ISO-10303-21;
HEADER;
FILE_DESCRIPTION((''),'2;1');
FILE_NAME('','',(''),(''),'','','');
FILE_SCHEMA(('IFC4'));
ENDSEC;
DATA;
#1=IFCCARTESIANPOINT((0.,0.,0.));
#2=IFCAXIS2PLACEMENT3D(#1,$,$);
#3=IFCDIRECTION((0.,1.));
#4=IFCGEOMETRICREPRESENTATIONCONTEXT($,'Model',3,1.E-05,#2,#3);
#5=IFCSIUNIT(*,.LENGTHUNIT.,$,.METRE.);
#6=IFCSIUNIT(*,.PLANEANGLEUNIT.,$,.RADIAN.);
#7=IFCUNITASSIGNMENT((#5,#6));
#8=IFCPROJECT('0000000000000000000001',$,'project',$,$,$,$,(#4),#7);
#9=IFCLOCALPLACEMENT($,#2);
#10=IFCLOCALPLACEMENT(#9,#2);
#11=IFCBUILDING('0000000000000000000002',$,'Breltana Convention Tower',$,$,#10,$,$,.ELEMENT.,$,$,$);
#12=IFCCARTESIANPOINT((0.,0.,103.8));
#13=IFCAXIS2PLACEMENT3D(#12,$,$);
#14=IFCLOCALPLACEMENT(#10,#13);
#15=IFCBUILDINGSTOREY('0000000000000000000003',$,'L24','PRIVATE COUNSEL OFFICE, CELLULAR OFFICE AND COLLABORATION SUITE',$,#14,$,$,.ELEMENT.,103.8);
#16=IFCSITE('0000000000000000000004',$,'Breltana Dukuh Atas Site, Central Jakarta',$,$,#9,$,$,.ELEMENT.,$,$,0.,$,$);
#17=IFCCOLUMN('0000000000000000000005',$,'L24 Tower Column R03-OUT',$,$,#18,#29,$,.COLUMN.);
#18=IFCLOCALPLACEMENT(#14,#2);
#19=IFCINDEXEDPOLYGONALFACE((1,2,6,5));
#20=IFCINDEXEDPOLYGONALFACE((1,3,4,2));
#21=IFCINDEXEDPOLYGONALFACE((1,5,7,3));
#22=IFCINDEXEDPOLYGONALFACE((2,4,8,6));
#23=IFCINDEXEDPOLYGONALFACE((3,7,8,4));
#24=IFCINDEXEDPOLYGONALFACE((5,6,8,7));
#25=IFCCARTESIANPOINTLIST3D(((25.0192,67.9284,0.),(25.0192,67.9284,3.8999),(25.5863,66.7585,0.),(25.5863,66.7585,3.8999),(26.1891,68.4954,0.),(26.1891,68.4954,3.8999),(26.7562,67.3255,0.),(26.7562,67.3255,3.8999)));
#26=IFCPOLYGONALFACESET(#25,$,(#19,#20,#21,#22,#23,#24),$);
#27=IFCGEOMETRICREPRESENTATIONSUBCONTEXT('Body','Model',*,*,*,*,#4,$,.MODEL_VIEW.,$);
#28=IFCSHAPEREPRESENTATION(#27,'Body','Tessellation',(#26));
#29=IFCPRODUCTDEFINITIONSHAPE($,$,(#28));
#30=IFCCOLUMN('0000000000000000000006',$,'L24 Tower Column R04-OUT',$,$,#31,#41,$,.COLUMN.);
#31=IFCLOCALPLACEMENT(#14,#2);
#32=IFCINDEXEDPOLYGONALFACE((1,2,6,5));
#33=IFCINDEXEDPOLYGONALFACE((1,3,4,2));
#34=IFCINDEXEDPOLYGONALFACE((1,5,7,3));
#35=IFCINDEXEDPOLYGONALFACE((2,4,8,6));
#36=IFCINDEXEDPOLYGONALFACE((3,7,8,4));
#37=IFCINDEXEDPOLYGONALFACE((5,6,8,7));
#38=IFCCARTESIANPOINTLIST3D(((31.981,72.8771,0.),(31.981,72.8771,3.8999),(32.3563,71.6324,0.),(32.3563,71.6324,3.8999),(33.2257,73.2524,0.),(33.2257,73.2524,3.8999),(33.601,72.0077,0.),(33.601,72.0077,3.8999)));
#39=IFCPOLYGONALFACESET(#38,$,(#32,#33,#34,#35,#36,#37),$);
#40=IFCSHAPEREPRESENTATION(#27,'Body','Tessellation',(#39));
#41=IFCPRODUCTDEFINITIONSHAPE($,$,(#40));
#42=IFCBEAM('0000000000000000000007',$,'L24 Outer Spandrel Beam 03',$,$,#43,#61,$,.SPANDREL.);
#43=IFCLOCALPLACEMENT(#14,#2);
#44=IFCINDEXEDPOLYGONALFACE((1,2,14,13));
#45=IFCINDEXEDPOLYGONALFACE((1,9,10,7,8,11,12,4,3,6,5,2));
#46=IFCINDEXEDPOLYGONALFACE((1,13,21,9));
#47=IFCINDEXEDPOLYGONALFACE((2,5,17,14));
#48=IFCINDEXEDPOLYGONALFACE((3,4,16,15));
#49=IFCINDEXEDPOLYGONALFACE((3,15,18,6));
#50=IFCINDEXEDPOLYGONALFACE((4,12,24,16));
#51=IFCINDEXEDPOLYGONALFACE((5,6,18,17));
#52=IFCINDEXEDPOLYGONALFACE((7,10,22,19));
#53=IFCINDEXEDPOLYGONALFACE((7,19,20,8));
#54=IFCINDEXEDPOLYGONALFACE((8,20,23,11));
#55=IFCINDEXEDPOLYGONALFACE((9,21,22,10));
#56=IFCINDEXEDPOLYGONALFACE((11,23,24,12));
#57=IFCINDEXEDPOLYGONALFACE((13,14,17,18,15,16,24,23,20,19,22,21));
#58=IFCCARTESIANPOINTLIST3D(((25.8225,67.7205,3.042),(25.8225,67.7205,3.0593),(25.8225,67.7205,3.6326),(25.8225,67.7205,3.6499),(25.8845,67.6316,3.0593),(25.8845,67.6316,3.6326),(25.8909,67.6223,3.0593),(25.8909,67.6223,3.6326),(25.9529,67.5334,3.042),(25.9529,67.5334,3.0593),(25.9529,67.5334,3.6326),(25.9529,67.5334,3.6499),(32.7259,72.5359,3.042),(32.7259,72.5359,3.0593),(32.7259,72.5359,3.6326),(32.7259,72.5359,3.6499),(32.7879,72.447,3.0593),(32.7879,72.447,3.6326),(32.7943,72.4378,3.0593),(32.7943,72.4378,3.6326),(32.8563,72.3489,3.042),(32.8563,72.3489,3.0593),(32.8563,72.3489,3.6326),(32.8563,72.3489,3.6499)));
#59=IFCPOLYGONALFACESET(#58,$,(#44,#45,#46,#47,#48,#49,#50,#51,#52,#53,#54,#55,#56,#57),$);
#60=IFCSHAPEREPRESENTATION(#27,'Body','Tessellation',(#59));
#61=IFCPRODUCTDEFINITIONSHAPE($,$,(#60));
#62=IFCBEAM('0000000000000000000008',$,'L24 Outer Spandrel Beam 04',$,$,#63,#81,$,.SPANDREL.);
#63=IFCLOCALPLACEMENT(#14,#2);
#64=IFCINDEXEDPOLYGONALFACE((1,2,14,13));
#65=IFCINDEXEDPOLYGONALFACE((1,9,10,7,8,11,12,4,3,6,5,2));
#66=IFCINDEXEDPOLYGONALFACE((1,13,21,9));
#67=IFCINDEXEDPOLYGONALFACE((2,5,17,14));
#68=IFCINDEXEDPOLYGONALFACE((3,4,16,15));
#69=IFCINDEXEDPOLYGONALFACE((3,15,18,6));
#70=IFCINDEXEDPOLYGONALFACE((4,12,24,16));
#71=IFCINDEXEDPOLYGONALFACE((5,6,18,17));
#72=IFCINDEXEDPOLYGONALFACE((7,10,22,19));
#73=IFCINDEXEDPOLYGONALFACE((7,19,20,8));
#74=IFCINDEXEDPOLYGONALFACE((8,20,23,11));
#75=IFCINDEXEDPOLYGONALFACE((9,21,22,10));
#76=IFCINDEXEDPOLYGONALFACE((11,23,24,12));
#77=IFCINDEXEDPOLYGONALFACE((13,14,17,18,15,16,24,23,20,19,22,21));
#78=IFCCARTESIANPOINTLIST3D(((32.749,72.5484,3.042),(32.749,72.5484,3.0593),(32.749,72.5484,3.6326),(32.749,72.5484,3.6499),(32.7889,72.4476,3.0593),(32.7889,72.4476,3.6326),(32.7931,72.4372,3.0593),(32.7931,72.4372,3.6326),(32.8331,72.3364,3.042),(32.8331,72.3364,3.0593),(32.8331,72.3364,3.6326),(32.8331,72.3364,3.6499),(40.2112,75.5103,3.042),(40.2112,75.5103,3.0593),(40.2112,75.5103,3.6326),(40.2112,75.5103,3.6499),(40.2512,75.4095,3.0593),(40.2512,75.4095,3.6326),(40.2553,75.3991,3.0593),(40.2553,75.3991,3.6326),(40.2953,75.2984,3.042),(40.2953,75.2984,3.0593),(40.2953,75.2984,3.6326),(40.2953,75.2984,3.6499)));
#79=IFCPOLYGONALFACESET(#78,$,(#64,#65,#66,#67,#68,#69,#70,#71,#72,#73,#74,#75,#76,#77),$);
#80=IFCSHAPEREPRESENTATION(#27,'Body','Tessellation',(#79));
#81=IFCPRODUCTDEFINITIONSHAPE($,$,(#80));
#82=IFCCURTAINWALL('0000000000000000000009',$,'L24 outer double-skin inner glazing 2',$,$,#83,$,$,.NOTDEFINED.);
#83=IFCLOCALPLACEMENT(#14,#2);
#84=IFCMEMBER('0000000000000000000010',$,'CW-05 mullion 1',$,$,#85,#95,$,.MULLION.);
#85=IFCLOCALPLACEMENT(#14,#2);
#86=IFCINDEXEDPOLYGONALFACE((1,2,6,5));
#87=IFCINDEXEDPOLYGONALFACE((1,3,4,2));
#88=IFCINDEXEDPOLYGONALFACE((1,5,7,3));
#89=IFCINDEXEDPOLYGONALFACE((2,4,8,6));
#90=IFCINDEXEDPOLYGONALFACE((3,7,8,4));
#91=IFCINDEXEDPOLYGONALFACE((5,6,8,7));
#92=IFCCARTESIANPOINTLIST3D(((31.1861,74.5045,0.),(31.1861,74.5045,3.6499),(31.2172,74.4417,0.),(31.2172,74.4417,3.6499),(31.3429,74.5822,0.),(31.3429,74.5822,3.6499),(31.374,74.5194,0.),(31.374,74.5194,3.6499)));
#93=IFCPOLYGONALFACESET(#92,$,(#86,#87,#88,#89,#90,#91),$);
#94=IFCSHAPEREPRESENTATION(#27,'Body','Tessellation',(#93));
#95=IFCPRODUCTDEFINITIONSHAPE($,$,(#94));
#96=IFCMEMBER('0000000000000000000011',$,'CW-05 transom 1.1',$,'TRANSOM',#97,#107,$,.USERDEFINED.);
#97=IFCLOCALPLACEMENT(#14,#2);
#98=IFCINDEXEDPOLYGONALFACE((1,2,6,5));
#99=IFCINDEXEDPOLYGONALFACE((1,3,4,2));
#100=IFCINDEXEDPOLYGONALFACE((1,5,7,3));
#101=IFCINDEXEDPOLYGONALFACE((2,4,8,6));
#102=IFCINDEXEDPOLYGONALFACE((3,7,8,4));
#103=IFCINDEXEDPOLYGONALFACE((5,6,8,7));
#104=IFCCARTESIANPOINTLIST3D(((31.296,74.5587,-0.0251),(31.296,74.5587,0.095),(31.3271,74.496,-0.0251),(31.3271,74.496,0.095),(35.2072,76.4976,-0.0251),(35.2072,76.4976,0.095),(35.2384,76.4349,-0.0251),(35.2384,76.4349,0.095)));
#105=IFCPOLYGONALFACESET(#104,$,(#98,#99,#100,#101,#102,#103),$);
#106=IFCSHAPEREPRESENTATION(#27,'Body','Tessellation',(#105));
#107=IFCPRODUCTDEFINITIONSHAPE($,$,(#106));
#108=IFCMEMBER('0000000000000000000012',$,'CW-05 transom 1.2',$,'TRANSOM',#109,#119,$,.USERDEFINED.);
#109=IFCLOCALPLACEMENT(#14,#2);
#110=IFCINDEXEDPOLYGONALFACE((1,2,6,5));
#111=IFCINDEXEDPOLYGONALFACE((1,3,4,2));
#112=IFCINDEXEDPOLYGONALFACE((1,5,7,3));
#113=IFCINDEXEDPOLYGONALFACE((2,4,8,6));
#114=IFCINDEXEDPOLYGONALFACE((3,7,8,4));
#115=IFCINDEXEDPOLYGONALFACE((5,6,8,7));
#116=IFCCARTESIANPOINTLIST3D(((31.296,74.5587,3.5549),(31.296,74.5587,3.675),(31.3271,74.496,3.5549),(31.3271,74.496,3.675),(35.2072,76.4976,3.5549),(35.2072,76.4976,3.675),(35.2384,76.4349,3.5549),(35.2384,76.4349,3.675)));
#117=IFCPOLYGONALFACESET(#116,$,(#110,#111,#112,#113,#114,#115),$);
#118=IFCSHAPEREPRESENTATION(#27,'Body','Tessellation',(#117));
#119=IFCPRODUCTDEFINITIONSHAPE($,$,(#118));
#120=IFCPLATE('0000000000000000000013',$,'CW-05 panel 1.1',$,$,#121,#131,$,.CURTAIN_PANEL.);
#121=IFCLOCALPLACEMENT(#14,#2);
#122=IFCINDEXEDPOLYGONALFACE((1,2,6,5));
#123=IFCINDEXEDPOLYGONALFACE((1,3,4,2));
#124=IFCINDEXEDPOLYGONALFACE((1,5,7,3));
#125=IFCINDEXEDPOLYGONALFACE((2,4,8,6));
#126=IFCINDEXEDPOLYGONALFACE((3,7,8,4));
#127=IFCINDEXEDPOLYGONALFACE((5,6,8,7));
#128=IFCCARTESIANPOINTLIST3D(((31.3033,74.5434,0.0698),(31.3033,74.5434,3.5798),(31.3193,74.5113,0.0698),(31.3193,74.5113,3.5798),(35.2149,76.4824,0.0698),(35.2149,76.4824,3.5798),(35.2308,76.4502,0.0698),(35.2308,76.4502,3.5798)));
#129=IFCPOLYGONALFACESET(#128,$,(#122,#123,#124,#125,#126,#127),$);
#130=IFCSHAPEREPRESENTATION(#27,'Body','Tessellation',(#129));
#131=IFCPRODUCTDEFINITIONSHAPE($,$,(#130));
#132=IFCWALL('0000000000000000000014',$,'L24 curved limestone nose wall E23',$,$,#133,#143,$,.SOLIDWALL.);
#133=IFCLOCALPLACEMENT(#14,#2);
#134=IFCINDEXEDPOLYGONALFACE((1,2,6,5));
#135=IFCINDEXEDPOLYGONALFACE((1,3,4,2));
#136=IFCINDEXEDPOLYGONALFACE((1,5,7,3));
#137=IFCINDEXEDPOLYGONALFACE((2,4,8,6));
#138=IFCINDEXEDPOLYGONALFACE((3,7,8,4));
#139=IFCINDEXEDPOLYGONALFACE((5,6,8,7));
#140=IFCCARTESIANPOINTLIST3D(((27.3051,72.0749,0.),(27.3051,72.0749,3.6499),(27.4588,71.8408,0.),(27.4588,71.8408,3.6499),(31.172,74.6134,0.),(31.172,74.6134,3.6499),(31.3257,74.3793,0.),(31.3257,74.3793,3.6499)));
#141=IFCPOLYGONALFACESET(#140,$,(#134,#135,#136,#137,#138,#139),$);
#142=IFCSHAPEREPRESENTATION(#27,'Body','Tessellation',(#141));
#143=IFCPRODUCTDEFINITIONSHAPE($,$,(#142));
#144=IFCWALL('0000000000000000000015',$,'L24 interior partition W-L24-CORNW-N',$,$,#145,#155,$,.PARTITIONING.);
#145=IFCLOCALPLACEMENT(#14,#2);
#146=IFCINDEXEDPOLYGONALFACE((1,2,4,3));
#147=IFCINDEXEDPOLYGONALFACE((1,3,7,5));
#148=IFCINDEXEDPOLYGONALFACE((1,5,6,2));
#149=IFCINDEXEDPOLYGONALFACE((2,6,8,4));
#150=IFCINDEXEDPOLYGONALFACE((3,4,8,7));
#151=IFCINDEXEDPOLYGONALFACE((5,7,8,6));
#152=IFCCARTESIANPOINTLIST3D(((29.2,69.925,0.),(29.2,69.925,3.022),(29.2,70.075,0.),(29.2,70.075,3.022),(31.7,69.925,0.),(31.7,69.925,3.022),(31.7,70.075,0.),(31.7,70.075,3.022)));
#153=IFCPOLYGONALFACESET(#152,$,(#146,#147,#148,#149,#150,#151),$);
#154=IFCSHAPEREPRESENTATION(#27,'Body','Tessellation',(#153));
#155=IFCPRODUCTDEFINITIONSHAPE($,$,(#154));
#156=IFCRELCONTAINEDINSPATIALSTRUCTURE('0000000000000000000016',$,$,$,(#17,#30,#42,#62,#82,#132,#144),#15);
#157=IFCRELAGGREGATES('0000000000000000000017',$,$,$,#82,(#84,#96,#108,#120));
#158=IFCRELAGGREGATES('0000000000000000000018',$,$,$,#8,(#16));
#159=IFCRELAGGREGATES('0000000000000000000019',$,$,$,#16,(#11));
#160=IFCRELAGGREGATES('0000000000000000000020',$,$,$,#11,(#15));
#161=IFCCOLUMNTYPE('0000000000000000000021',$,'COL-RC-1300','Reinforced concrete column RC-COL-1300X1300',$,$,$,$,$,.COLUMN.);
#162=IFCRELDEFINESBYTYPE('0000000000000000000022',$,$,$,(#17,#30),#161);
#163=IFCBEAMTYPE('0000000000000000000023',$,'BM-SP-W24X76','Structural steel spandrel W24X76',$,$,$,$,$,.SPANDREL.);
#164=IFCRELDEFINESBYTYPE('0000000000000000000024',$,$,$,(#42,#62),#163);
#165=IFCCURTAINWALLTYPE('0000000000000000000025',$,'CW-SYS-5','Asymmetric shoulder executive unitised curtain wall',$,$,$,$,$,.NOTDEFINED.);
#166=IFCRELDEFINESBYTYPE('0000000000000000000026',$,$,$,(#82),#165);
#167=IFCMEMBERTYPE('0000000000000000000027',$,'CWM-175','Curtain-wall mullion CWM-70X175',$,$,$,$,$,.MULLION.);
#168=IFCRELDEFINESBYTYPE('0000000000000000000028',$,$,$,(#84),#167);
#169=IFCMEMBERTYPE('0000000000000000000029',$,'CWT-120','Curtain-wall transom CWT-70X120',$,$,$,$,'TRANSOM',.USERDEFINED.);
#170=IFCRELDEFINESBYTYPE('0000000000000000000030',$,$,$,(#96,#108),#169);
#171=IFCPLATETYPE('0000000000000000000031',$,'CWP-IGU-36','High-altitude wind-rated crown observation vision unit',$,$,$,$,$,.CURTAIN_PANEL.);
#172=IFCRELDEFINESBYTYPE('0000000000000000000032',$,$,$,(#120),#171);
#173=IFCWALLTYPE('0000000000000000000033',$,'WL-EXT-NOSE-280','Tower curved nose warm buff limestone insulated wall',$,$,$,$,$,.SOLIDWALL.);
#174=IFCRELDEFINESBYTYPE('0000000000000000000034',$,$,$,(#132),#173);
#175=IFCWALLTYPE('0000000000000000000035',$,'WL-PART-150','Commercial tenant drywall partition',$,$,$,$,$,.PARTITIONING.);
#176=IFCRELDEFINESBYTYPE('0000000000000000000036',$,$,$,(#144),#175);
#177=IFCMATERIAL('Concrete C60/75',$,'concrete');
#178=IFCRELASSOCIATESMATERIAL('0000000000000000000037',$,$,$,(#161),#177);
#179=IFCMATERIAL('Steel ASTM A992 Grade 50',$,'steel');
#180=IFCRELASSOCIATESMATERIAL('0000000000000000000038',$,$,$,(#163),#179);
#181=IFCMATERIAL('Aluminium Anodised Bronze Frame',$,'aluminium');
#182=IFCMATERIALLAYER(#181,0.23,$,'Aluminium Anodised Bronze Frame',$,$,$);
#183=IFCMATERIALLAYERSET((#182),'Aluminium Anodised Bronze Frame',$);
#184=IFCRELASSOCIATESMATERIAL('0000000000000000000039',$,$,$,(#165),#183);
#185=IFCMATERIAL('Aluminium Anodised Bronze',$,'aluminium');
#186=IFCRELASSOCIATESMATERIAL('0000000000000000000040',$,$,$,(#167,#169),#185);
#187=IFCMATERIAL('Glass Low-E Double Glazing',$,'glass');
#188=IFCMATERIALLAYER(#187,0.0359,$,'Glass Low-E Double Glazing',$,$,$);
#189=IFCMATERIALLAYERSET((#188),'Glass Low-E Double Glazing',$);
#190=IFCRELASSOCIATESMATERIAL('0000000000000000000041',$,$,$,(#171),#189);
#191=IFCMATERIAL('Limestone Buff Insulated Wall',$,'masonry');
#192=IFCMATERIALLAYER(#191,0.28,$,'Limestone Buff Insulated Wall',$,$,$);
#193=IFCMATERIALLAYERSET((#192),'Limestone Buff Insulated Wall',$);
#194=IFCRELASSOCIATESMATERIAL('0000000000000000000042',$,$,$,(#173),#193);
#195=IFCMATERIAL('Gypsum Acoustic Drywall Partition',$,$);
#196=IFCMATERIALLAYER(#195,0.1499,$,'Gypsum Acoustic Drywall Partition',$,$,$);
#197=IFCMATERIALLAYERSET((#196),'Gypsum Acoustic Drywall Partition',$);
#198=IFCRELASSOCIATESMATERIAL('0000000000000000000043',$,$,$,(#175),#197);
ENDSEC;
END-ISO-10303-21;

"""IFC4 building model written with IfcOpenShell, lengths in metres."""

from ifc_helpers import new_model, si_unit, direction, frame, frame_2d, origin, origin_2d, place, context, subcontext, project, spatial, rectangle, i_section, extrude, source, transform, mapped, material, layer, layer_set, material_profile, profile_set, type_object, element, aggregate, save


model = new_model("IFC4")

# Units and contexts
model_context = context("Model", 3, precision=1e-05, world=origin(), true_north=direction((0.0, 1.0)))
body_context = subcontext(model_context, "Body", "Model", "MODEL_VIEW")
ifc_project = project(units=[si_unit("LENGTHUNIT", "METRE"), si_unit("PLANEANGLEUNIT", "RADIAN")], contexts=[model_context])

# Site, building, storey
site_placement = place(None, origin())
site = spatial("IfcSite", under=ifc_project, at=site_placement, Name="Breltana Dukuh Atas Site, Central Jakarta", CompositionType="ELEMENT", RefElevation=0.0)
building_placement = place(site_placement, origin())
building = spatial("IfcBuilding", under=site, at=building_placement, Name="Breltana Convention Tower", CompositionType="ELEMENT")
storey_placement = place(building_placement, frame((0.0, 0.0, 103.8)))
storey = spatial("IfcBuildingStorey", under=building, at=storey_placement, Name="L24", Description="PRIVATE COUNSEL OFFICE, CELLULAR OFFICE AND COLLABORATION SUITE", CompositionType="ELEMENT", Elevation=103.8)

# Columns
ifc_material_1 = material(Name="Concrete C60/75", Category="concrete")
ifc_material_profile_1 = material_profile(ifc_material_1, rectangle(XDim=1.3, YDim=1.3, at=origin_2d()), Name="RC-COL-1300X1300")
ifc_profile_set_1 = profile_set([ifc_material_profile_1], Name="Concrete C60/75")
column_type = type_object("IfcColumnType", Name="COL-RC-1300", Description="Reinforced concrete column RC-COL-1300X1300", PredefinedType="COLUMN", material=ifc_profile_set_1)
shared_shape_1 = source(origin(), body_context, "Body", "SweptSolid", [
    extrude(rectangle(XDim=1.3, YDim=1.3, at=origin_2d()), origin(), (0.0, 0.0, 1.0), 3.8999),
])
for number, where, z_axis, x_axis, name in (
    (1, (25.8877, 67.627, 0.0), (0.0, 0.0, 1.0), (-0.436174, 0.899863, 0.0), "L24 Tower Column R03-OUT"),
    (2, (32.791, 72.4424, 0.0), (0.0, 0.0, 1.0), (-0.288698, 0.95742, 0.0), "L24 Tower Column R04-OUT"),
):
    element("IfcColumn", number, at=place(storey_placement, frame(where, z_axis=z_axis, x_axis=x_axis)), inside=storey, type_object=column_type, Name=name, PredefinedType="COLUMN", context=body_context, shape_type="MappedRepresentation", body=[
        mapped(shared_shape_1, transform((0.0, 0.0, 0.0), scale=1.0)),
    ])

# Beams
ifc_material_2 = material(Name="Steel ASTM A992 Grade 50", Category="steel")
ifc_material_profile_2 = material_profile(ifc_material_2, i_section(OverallWidth=0.228, OverallDepth=0.6079, WebThickness=0.0112, FlangeThickness=0.0173, at=origin_2d()), Name="W24X76")
ifc_profile_set_2 = profile_set([ifc_material_profile_2], Name="Steel ASTM A992 Grade 50")
beam_type = type_object("IfcBeamType", Name="BM-SP-W24X76", Description="Structural steel spandrel W24X76", PredefinedType="SPANDREL", material=ifc_profile_set_2)
shared_shape_2 = source(origin(), body_context, "Body", "SweptSolid", [
    extrude(i_section(OverallWidth=0.228, OverallDepth=0.6079, WebThickness=0.0112, FlangeThickness=0.0173, at=origin_2d()), origin(), (0.0, 0.0, 1.0), 8.417),
])
beam_1_placement = place(storey_placement, frame((25.8877, 67.627, 3.3459), z_axis=(0.820174, 0.572114, 0.0), x_axis=(-0.572114, 0.820174, 0.0)))
element("IfcBeam", 3, at=beam_1_placement, inside=storey, type_object=beam_type, Name="L24 Outer Spandrel Beam 03", PredefinedType="SPANDREL", context=body_context, shape_type="MappedRepresentation", body=[
    mapped(shared_shape_2, transform((0.0, 0.0, 0.0), scale=1.0)),
])
shared_shape_3 = source(origin(), body_context, "Body", "SweptSolid", [
    extrude(i_section(OverallWidth=0.228, OverallDepth=0.6079, WebThickness=0.0112, FlangeThickness=0.0173, at=origin_2d()), origin(), (0.0, 0.0, 1.0), 8.0286),
])
beam_2_placement = place(storey_placement, frame((32.791, 72.4424, 3.3459), z_axis=(0.929459, 0.368925, 0.0), x_axis=(-0.368925, 0.929459, 0.0)))
element("IfcBeam", 4, at=beam_2_placement, inside=storey, type_object=beam_type, Name="L24 Outer Spandrel Beam 04", PredefinedType="SPANDREL", context=body_context, shape_type="MappedRepresentation", body=[
    mapped(shared_shape_3, transform((0.0, 0.0, 0.0), scale=1.0)),
])

# Curtain wall, members, plate
ifc_material_3 = material(Name="Aluminium Anodised Bronze Frame", Category="aluminium")
ifc_layer_1 = layer(ifc_material_3, 0.23, Name="Aluminium Anodised Bronze Frame")
ifc_layer_set_1 = layer_set([ifc_layer_1], Name="Aluminium Anodised Bronze Frame")
curtain_wall_type = type_object("IfcCurtainWallType", Name="CW-SYS-5", Description="Asymmetric shoulder executive unitised curtain wall", PredefinedType="NOTDEFINED", material=ifc_layer_set_1)
curtain_wall_placement = place(storey_placement, origin())
curtain_wall = element("IfcCurtainWall", 5, at=curtain_wall_placement, inside=storey, type_object=curtain_wall_type, Name="L24 outer double-skin inner glazing 2", PredefinedType="NOTDEFINED")
ifc_material_4 = material(Name="Aluminium Anodised Bronze", Category="aluminium")
ifc_material_profile_3 = material_profile(ifc_material_4, rectangle(XDim=0.0701, YDim=0.175, at=origin_2d()), Name="CWM-70X175")
ifc_profile_set_3 = profile_set([ifc_material_profile_3], Name="Aluminium Anodised Bronze")
member_type_1 = type_object("IfcMemberType", Name="CWM-175", Description="Curtain-wall mullion CWM-70X175", PredefinedType="MULLION", material=ifc_profile_set_3)
shared_shape_4 = source(origin(), body_context, "Body", "SweptSolid", [
    extrude(rectangle(XDim=0.0701, YDim=0.175, at=origin_2d()), origin(), (0.0, 0.0, 1.0), 3.6499),
])
member_1_placement = place(storey_placement, frame((31.28, 74.512, 0.0), z_axis=(0.0, 0.0, 1.0), x_axis=(-0.444122, 0.895967, 0.0)))
member_1 = element("IfcMember", 6, at=member_1_placement, type_object=member_type_1, Name="CW-05 mullion 1", PredefinedType="MULLION", context=body_context, shape_type="MappedRepresentation", body=[
    mapped(shared_shape_4, transform((0.0, 0.0, 0.0), scale=1.0)),
])
ifc_material_profile_4 = material_profile(ifc_material_4, rectangle(XDim=0.0701, YDim=0.1201, at=origin_2d()), Name="CWT-70X120")
ifc_profile_set_4 = profile_set([ifc_material_profile_4], Name="Aluminium Anodised Bronze")
member_type_2 = type_object("IfcMemberType", Name="CWT-120", Description="Curtain-wall transom CWT-70X120", ElementType="TRANSOM", PredefinedType="USERDEFINED", material=ifc_profile_set_4)
shared_shape_5 = source(origin(), body_context, "Body", "SweptSolid", [
    extrude(rectangle(XDim=0.0701, YDim=0.1201, at=origin_2d()), origin(), (0.0, 0.0, 1.0), 4.3655),
])
member_2_placement = place(storey_placement, frame((31.3115, 74.5273, 0.0349), z_axis=(0.895954, 0.444146, 0.0), x_axis=(-0.444146, 0.895954, 0.0)))
member_2 = element("IfcMember", 7, at=member_2_placement, type_object=member_type_2, Name="CW-05 transom 1.1", ObjectType="TRANSOM", PredefinedType="USERDEFINED", context=body_context, shape_type="MappedRepresentation", body=[
    mapped(shared_shape_5, transform((0.0, 0.0, 0.0), scale=1.0)),
])
member_3_placement = place(storey_placement, frame((31.3115, 74.5273, 3.615), z_axis=(0.895954, 0.444146, 0.0), x_axis=(-0.444146, 0.895954, 0.0)))
member_3 = element("IfcMember", 8, at=member_3_placement, type_object=member_type_2, Name="CW-05 transom 1.2", ObjectType="TRANSOM", PredefinedType="USERDEFINED", context=body_context, shape_type="MappedRepresentation", body=[
    mapped(shared_shape_5, transform((0.0, 0.0, 0.0), scale=1.0)),
])
ifc_material_5 = material(Name="Glass Low-E Double Glazing", Category="glass")
ifc_layer_2 = layer(ifc_material_5, 0.0359, Name="Glass Low-E Double Glazing")
ifc_layer_set_2 = layer_set([ifc_layer_2], Name="Glass Low-E Double Glazing")
plate_type = type_object("IfcPlateType", Name="CWP-IGU-36", Description="High-altitude wind-rated crown observation vision unit", PredefinedType="CURTAIN_PANEL", material=ifc_layer_set_2)
shared_shape_6 = source(origin(), body_context, "Body", "SweptSolid", [
    extrude(rectangle(XDim=4.3657, YDim=0.0359, at=origin_2d()), origin(), (0.0, 0.0, 1.0), 3.51),
])
plate_placement = place(storey_placement, frame((33.2671, 75.4968, 0.0698), z_axis=(0.0, 0.0, 1.0), x_axis=(0.895967, 0.444122, 0.0)))
plate = element("IfcPlate", 9, at=plate_placement, type_object=plate_type, Name="CW-05 panel 1.1", PredefinedType="CURTAIN_PANEL", context=body_context, shape_type="MappedRepresentation", body=[
    mapped(shared_shape_6, transform((0.0, 0.0, 0.0), scale=1.0)),
])
aggregate(curtain_wall, [member_1, member_2, member_3, plate])

# Walls
ifc_material_6 = material(Name="Limestone Buff Insulated Wall", Category="masonry")
ifc_layer_3 = layer(ifc_material_6, 0.28, Name="Limestone Buff Insulated Wall")
ifc_layer_set_3 = layer_set([ifc_layer_3], Name="Limestone Buff Insulated Wall")
wall_type_1 = type_object("IfcWallType", Name="WL-EXT-NOSE-280", Description="Tower curved nose warm buff limestone insulated wall", PredefinedType="SOLIDWALL", material=ifc_layer_set_3)
shared_shape_7 = source(origin(), body_context, "Body", "SweptSolid", [
    extrude(rectangle(XDim=4.6257, YDim=0.28, at=frame_2d((2.313, 0.0))), origin(), (0.0, 0.0, 1.0), 3.6499),
])
wall_1_placement = place(storey_placement, frame((27.3818, 71.9578, 0.0), z_axis=(0.0, 0.0, 1.0), x_axis=(0.835959, 0.548791, 0.0)))
element("IfcWall", 10, at=wall_1_placement, inside=storey, type_object=wall_type_1, Name="L24 curved limestone nose wall E23", PredefinedType="SOLIDWALL", context=body_context, shape_type="MappedRepresentation", body=[
    mapped(shared_shape_7, transform((0.0, 0.0, 0.0), scale=1.0)),
])
ifc_material_7 = material(Name="Gypsum Acoustic Drywall Partition")
ifc_layer_4 = layer(ifc_material_7, 0.1499, Name="Gypsum Acoustic Drywall Partition")
ifc_layer_set_4 = layer_set([ifc_layer_4], Name="Gypsum Acoustic Drywall Partition")
wall_type_2 = type_object("IfcWallType", Name="WL-PART-150", Description="Commercial tenant drywall partition", PredefinedType="PARTITIONING", material=ifc_layer_set_4)
shared_shape_8 = source(origin(), body_context, "Body", "SweptSolid", [
    extrude(rectangle(XDim=2.5, YDim=0.1499, at=frame_2d((1.25, 0.0))), origin(), (0.0, 0.0, 1.0), 3.022),
])
wall_2_placement = place(storey_placement, frame((29.2, 70.0, 0.0), z_axis=(0.0, 0.0, 1.0), x_axis=(1.0, 0.0, 0.0)))
element("IfcWall", 11, at=wall_2_placement, inside=storey, type_object=wall_type_2, Name="L24 interior partition W-L24-CORNW-N", PredefinedType="PARTITIONING", context=body_context, shape_type="MappedRepresentation", body=[
    mapped(shared_shape_8, transform((0.0, 0.0, 0.0), scale=1.0)),
])

save(model, "model.ifc")
